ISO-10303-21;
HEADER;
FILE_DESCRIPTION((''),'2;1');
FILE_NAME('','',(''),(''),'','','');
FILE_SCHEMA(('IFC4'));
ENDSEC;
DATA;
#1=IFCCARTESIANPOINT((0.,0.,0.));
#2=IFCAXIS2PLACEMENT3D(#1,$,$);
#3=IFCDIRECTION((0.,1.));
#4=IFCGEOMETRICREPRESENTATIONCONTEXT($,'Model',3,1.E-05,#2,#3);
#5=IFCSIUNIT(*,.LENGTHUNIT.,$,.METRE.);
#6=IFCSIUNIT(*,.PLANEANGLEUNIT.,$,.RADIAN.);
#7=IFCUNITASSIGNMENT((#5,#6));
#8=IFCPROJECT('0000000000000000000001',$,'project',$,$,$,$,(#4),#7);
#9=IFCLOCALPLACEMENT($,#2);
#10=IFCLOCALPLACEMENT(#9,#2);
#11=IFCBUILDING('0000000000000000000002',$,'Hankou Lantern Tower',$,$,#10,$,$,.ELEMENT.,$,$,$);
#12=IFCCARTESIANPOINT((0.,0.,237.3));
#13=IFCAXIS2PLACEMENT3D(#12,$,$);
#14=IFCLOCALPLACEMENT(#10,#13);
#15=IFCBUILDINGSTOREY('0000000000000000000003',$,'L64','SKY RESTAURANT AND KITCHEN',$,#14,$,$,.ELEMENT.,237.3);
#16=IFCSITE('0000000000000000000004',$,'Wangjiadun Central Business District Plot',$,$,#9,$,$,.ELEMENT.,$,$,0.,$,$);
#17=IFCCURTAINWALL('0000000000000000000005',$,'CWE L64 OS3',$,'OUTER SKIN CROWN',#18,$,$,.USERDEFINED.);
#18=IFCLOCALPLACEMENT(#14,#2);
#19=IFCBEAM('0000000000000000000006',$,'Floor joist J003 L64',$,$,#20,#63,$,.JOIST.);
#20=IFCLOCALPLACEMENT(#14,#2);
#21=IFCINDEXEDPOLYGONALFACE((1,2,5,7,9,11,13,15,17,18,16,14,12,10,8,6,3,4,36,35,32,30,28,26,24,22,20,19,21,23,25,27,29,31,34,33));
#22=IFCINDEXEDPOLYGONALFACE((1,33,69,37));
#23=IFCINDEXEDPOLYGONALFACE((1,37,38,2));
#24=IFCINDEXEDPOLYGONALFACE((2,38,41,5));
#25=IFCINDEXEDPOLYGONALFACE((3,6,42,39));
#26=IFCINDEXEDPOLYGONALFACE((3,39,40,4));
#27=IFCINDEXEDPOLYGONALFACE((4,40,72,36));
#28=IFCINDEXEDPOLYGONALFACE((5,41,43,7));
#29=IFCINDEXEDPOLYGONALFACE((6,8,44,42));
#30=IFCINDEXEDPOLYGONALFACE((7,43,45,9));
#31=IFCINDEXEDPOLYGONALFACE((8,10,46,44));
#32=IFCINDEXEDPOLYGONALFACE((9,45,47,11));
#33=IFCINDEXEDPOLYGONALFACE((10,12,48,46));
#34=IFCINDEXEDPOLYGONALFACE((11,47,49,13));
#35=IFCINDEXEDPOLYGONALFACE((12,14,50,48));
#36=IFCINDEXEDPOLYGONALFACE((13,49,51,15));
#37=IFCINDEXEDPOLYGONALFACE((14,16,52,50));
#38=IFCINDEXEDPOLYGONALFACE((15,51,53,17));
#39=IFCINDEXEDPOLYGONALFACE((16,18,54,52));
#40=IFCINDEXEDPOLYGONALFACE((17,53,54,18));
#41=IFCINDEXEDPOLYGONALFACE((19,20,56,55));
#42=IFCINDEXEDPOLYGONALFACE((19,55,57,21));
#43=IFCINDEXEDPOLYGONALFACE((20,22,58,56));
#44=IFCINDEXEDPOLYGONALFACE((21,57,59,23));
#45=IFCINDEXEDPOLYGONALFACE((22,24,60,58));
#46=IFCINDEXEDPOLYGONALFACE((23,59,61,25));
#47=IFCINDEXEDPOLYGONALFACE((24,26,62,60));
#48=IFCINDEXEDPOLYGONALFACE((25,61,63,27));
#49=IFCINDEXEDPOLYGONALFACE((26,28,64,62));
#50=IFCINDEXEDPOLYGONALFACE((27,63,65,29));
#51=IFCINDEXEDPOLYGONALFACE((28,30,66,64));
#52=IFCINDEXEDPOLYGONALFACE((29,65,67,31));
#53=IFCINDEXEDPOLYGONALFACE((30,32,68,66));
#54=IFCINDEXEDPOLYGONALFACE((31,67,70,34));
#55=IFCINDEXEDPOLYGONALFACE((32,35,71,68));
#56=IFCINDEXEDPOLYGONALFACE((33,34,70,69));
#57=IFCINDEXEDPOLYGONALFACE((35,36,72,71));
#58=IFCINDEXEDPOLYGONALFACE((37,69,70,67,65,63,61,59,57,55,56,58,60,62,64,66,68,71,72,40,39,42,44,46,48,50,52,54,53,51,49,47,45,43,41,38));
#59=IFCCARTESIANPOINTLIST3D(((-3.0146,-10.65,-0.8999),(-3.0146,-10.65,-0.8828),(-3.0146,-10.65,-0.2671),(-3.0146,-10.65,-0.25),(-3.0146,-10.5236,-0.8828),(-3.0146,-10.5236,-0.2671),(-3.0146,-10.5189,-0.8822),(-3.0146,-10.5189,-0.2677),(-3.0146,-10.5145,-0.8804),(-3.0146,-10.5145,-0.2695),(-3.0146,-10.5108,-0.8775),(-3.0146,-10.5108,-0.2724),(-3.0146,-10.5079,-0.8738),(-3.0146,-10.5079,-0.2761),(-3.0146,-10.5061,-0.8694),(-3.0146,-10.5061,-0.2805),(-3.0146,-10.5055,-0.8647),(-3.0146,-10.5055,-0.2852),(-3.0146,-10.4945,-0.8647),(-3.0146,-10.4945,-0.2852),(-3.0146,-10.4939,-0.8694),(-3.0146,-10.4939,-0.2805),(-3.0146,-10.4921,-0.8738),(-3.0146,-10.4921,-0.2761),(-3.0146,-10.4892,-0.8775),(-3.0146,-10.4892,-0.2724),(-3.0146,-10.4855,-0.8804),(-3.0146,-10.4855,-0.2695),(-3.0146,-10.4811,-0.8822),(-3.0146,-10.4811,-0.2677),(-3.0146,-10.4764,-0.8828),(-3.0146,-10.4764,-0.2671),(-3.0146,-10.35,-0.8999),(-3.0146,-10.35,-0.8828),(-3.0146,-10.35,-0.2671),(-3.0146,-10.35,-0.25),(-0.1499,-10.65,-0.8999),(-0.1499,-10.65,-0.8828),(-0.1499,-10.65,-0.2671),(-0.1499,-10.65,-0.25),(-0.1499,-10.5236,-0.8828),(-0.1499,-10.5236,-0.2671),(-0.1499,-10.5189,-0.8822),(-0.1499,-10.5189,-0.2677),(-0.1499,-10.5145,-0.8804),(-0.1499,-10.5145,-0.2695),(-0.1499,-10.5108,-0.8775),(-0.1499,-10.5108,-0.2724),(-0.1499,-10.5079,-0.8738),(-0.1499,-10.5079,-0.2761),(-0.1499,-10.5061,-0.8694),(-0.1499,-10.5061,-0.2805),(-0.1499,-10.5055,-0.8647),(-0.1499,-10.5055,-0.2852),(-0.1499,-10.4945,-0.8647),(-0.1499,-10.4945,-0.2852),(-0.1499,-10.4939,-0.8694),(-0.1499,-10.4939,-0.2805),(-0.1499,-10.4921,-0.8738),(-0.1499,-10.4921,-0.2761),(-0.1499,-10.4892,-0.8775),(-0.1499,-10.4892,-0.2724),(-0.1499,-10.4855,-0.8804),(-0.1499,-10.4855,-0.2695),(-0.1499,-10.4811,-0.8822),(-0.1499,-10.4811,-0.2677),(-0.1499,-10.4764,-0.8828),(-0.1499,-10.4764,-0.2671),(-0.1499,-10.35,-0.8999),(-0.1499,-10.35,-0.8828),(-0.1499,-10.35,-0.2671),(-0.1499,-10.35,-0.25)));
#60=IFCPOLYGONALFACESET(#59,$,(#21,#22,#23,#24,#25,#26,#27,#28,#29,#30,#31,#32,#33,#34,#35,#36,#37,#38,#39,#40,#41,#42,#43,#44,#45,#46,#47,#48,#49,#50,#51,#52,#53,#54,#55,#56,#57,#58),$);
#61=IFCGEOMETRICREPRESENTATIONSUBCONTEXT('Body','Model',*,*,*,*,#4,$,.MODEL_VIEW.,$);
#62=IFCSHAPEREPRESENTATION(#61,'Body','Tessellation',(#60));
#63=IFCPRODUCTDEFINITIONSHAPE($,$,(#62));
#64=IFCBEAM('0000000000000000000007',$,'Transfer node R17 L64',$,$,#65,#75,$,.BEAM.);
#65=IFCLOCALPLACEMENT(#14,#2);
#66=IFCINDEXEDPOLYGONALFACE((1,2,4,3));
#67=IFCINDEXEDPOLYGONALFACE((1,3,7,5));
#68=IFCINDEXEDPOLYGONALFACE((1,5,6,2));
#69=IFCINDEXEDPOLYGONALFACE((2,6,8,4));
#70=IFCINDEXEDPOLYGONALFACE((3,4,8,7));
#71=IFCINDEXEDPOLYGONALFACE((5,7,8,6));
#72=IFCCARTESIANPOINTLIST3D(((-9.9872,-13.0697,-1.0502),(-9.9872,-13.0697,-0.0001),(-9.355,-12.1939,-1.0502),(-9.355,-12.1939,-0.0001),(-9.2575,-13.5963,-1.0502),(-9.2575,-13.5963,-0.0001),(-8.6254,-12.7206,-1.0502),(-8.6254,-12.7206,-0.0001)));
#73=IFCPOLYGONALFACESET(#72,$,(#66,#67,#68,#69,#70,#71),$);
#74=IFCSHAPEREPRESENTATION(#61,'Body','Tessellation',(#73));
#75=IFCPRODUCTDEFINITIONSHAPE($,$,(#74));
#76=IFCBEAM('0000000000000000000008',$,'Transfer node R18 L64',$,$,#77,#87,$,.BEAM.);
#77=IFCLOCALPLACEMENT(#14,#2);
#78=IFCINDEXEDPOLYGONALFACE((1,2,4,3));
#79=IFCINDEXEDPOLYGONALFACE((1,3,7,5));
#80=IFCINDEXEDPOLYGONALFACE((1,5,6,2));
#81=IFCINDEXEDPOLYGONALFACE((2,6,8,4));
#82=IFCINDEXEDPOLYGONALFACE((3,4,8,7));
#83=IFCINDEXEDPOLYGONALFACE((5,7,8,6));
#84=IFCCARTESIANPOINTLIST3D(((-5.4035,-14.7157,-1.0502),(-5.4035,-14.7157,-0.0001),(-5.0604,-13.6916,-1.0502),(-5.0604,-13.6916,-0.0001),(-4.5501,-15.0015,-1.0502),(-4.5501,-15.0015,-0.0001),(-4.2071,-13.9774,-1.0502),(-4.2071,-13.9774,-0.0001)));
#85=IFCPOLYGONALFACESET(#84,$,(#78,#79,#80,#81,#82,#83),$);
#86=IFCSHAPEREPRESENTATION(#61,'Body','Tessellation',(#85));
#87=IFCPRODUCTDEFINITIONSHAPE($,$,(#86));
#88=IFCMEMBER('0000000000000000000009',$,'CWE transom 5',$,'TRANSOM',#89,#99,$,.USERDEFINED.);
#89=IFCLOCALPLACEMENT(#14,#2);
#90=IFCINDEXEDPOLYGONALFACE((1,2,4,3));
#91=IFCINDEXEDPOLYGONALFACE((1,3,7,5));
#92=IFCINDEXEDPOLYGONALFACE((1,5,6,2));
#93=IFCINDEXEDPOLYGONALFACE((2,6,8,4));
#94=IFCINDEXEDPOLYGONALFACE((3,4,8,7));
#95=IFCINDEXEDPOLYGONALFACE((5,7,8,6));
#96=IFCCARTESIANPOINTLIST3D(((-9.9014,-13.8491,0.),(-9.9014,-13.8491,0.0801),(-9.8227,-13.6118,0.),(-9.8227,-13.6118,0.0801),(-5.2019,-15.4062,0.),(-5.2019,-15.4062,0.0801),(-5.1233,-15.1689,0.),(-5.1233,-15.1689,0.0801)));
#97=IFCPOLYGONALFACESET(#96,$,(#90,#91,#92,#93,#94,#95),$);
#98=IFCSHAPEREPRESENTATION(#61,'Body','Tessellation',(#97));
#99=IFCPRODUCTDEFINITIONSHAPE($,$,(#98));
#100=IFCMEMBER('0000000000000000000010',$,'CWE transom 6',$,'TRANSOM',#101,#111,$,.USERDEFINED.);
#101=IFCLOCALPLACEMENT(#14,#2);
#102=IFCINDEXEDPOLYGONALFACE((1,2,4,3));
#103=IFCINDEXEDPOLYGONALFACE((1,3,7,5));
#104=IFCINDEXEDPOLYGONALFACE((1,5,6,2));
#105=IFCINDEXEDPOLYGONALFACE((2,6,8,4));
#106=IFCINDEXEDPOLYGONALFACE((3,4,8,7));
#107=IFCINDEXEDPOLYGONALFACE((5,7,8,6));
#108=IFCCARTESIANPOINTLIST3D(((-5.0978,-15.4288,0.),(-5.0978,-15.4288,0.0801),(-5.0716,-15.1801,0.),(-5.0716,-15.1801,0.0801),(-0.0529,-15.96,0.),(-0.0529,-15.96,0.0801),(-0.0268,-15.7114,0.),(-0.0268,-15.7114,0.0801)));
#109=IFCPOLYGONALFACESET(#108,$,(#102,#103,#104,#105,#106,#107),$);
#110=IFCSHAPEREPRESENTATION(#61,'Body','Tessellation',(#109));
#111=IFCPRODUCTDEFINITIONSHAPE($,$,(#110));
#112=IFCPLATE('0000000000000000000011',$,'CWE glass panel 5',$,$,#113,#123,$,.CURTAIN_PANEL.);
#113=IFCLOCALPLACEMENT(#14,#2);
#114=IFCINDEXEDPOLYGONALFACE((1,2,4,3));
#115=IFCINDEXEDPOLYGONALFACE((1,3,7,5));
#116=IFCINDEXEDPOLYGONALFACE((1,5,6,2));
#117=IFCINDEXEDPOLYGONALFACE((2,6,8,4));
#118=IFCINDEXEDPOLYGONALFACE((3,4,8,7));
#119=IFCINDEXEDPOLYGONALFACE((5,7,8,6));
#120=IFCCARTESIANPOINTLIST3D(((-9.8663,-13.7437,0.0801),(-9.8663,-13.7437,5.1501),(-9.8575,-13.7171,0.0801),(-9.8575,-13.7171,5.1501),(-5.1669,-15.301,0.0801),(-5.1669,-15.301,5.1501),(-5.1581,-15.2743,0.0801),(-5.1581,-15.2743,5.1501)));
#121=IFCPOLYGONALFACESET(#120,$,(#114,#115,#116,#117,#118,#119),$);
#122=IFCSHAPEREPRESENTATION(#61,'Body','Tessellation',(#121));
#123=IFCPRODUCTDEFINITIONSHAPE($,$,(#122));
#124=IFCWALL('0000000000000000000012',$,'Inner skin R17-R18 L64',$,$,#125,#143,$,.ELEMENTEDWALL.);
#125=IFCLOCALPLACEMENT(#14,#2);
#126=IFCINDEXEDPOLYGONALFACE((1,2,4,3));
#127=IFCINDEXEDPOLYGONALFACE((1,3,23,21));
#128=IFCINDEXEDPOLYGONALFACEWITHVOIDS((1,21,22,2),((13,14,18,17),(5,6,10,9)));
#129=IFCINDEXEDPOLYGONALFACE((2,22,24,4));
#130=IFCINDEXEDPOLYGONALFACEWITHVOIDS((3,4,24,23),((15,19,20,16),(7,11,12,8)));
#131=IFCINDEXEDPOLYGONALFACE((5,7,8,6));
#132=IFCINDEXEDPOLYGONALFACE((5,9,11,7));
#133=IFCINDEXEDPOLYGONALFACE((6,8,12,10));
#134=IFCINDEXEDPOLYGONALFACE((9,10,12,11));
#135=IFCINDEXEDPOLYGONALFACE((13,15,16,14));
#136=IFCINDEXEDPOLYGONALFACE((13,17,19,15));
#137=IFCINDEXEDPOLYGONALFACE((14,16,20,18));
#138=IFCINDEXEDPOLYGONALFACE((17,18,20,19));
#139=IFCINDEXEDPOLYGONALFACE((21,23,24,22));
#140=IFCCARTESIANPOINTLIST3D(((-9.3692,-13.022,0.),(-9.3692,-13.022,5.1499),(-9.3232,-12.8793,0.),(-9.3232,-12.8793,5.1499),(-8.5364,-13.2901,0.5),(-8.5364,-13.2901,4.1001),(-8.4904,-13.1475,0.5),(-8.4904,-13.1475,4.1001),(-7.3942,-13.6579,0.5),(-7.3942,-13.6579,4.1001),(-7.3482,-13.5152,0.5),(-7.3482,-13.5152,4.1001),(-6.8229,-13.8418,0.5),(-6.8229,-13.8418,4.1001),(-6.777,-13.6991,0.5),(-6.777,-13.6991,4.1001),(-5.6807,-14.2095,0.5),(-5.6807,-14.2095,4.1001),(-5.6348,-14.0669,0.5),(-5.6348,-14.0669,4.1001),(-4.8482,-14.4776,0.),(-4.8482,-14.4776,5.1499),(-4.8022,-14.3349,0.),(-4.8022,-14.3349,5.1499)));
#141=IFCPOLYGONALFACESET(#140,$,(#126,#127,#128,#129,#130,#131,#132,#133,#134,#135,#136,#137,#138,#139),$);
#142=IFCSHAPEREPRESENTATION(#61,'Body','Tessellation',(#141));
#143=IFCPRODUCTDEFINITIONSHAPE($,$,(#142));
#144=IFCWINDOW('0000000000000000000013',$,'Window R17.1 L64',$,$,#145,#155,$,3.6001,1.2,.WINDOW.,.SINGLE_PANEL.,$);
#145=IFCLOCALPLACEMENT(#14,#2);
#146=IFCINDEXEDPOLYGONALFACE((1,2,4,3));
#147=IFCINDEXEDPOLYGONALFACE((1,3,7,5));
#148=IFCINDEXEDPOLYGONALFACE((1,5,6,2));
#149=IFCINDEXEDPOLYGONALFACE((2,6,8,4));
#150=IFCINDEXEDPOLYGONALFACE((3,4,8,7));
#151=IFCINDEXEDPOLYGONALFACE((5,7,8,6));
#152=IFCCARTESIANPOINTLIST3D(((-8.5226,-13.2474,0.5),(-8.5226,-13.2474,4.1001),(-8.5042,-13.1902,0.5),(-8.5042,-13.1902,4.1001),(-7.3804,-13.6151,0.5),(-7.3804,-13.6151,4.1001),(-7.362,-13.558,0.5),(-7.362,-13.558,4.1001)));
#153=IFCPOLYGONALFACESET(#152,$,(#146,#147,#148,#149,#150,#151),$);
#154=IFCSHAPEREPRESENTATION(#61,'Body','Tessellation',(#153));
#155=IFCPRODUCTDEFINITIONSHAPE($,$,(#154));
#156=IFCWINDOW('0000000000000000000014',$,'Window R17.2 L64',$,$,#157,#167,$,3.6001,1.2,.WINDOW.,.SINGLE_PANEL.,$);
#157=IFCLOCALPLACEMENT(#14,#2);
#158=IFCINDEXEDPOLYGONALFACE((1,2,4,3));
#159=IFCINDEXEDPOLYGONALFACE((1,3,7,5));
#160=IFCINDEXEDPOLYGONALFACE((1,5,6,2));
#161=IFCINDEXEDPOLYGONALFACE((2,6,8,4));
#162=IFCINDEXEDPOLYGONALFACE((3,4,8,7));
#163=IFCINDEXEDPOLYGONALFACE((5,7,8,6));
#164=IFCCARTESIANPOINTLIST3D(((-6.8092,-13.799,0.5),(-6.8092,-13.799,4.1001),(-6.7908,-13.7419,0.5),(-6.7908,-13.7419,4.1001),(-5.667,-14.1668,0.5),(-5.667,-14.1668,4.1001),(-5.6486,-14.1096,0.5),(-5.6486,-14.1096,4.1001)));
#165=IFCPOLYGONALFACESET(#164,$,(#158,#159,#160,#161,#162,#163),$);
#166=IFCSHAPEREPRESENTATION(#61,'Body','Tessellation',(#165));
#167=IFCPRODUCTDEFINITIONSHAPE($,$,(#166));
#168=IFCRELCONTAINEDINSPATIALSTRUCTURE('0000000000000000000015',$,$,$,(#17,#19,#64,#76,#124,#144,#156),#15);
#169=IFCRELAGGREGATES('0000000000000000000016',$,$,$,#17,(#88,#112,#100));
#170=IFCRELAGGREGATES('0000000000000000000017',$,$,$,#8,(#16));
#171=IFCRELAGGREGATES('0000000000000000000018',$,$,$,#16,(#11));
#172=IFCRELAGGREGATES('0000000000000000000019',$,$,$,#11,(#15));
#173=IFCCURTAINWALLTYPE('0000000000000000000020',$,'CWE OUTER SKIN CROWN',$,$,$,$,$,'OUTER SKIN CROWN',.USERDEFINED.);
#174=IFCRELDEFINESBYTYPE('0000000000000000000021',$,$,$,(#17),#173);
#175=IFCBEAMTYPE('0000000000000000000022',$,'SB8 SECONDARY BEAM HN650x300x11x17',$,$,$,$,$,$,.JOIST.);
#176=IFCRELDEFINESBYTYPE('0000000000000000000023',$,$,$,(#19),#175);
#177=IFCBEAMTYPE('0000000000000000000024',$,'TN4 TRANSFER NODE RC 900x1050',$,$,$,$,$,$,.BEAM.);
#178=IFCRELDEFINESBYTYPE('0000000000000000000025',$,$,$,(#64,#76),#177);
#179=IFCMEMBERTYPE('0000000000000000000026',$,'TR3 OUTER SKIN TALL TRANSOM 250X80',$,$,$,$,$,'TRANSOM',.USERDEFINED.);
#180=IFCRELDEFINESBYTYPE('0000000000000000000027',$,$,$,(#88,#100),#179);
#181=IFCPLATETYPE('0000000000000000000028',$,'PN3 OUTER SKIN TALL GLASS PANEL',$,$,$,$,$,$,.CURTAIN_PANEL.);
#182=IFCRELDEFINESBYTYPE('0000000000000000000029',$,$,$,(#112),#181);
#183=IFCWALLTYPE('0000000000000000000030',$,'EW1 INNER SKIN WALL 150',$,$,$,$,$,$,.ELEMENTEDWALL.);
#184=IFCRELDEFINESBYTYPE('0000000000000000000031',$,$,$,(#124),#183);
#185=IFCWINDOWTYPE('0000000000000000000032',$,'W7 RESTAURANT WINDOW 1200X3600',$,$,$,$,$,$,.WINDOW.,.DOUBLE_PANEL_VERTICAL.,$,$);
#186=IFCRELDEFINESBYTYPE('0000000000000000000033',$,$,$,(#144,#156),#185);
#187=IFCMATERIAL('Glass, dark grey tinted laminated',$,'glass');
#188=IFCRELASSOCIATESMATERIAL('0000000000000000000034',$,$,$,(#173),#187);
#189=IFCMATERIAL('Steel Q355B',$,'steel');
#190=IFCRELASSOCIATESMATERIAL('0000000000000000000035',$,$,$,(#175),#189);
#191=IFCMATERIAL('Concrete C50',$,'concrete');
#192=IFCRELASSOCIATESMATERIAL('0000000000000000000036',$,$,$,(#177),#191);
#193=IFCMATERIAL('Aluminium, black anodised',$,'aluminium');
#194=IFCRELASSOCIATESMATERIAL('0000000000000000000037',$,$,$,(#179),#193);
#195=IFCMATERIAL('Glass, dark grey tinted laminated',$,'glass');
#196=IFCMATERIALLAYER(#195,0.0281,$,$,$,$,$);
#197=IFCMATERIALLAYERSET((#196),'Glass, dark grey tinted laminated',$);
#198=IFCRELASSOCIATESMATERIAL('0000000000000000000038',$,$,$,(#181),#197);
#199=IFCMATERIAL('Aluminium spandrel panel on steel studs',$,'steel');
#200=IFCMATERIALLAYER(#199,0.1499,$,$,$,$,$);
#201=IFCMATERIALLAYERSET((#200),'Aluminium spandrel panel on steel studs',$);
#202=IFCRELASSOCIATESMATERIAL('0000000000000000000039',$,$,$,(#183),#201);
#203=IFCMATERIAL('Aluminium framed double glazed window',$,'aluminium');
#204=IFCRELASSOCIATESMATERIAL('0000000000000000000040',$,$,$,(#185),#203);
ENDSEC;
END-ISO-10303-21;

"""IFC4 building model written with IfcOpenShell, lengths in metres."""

from ifc_helpers import new_model, si_unit, direction, frame, frame_2d, origin, origin_2d, place, context, subcontext, project, spatial, rectangle, i_section, extrude, material, layer, layer_set, material_profile, profile_set, type_object, element, fill, aggregate, save


model = new_model("IFC4")

# Units and contexts
model_context = context("Model", 3, precision=1e-05, world=origin(), true_north=direction((0.0, 1.0)))
body_context = subcontext(model_context, "Body", "Model", "MODEL_VIEW")
ifc_project = project(units=[si_unit("LENGTHUNIT", "METRE"), si_unit("PLANEANGLEUNIT", "RADIAN")], contexts=[model_context])

# Site, building, storey
site_placement = place(None, origin())
site = spatial("IfcSite", under=ifc_project, at=site_placement, Name="Wangjiadun Central Business District Plot", CompositionType="ELEMENT", RefElevation=0.0)
building_placement = place(site_placement, origin())
building = spatial("IfcBuilding", under=site, at=building_placement, Name="Hankou Lantern Tower", CompositionType="ELEMENT")
storey_placement = place(building_placement, frame((0.0, 0.0, 237.3)))
storey = spatial("IfcBuildingStorey", under=building, at=storey_placement, Name="L64", Description="SKY RESTAURANT AND KITCHEN", CompositionType="ELEMENT", Elevation=237.3)

# Curtain wall
ifc_material_1 = material(Name="Glass, dark grey tinted laminated", Category="glass")
curtain_wall_type = type_object("IfcCurtainWallType", Name="CWE OUTER SKIN CROWN", ElementType="OUTER SKIN CROWN", PredefinedType="USERDEFINED", material=ifc_material_1)
curtain_wall_placement = place(storey_placement, origin())
curtain_wall = element("IfcCurtainWall", 1, at=curtain_wall_placement, inside=storey, type_object=curtain_wall_type, Name="CWE L64 OS3", ObjectType="OUTER SKIN CROWN", PredefinedType="USERDEFINED")

# Beams
ifc_material_2 = material(Name="Steel Q355B", Category="steel")
ifc_material_profile_1 = material_profile(ifc_material_2, i_section(OverallWidth=0.3, OverallDepth=0.6499, WebThickness=0.011, FlangeThickness=0.0171, FilletRadius=0.0181, at=origin_2d()), Name="HN650x300x11x17")
ifc_profile_set_1 = profile_set([ifc_material_profile_1], Name="Steel Q355B")
beam_type_1 = type_object("IfcBeamType", Name="SB8 SECONDARY BEAM HN650x300x11x17", PredefinedType="JOIST", material=ifc_profile_set_1)
beam_1_placement = place(storey_placement, frame((-3.0146, -10.5, -0.575), z_axis=(1.0, 0.0, 0.0), x_axis=(0.0, 1.0, 0.0)))
element("IfcBeam", 2, at=beam_1_placement, inside=storey, type_object=beam_type_1, Name="Floor joist J003 L64", PredefinedType="JOIST", context=body_context, shape_type="SweptSolid", body=[
    extrude(i_section(OverallWidth=0.3, OverallDepth=0.6499, WebThickness=0.011, FlangeThickness=0.0171, FilletRadius=0.0181, at=origin_2d()), origin(), (0.0, 0.0, 1.0), 2.8647),
])
ifc_material_3 = material(Name="Concrete C50", Category="concrete")
ifc_material_profile_2 = material_profile(ifc_material_3, rectangle(XDim=0.8999, YDim=1.05, at=origin_2d()), Name="RC 900x1050")
ifc_profile_set_2 = profile_set([ifc_material_profile_2], Name="Concrete C50")
beam_type_2 = type_object("IfcBeamType", Name="TN4 TRANSFER NODE RC 900x1050", PredefinedType="BEAM", material=ifc_profile_set_2)
for number, where, z_axis, x_axis, name in (
    (3, (-9.6223, -13.333, -0.5251), (0.585251, 0.810852, 0.0), (-0.810852, 0.585251, 0.0), "Transfer node R17 L64"),
    (4, (-4.9768, -14.8586, -0.5251), (0.317584, 0.94823, 0.0), (-0.94823, 0.317584, 0.0), "Transfer node R18 L64"),
):
    element("IfcBeam", number, at=place(storey_placement, frame(where, z_axis=z_axis, x_axis=x_axis)), inside=storey, type_object=beam_type_2, Name=name, PredefinedType="BEAM", context=body_context, shape_type="SweptSolid", body=[
        extrude(rectangle(XDim=0.8999, YDim=1.05, at=origin_2d()), origin(), (0.0, 0.0, 1.0), 1.0801),
    ])

# Members
ifc_material_4 = material(Name="Aluminium, black anodised", Category="aluminium")
ifc_material_profile_3 = material_profile(ifc_material_4, rectangle(XDim=0.25, YDim=0.0801, at=origin_2d()), Name="TR3 250X80")
ifc_profile_set_3 = profile_set([ifc_material_profile_3], Name="Aluminium, black anodised")
member_type_1 = type_object("IfcMemberType", Name="TR3 OUTER SKIN TALL TRANSOM 250X80", ElementType="TRANSOM", PredefinedType="USERDEFINED", material=ifc_profile_set_3)
member_1_placement = place(storey_placement, frame((-9.8621, -13.7305, 0.04), z_axis=(0.949249, -0.314526, 0.0), x_axis=(0.314526, 0.949249, 0.0)))
member_1 = element("IfcMember", 5, at=member_1_placement, type_object=member_type_1, Name="CWE transom 5", ObjectType="TRANSOM", PredefinedType="USERDEFINED", context=body_context, shape_type="SweptSolid", body=[
    extrude(rectangle(XDim=0.25, YDim=0.0801, at=origin_2d()), origin(), (0.0, 0.0, 1.0), 4.9507),
])
member_2_placement = place(storey_placement, frame((-5.0847, -15.3044, 0.04), z_axis=(0.994501, -0.104725, 0.0), x_axis=(0.104725, 0.994501, 0.0)))
member_2 = element("IfcMember", 6, at=member_2_placement, type_object=member_type_1, Name="CWE transom 6", ObjectType="TRANSOM", PredefinedType="USERDEFINED", context=body_context, shape_type="SweptSolid", body=[
    extrude(rectangle(XDim=0.25, YDim=0.0801, at=origin_2d()), origin(), (0.0, 0.0, 1.0), 5.0728),
])

# Plate
ifc_material_5 = material(Name="Glass, dark grey tinted laminated", Category="glass")
ifc_layer_1 = layer(ifc_material_5, 0.0281)
ifc_layer_set_1 = layer_set([ifc_layer_1], Name="Glass, dark grey tinted laminated")
plate_type = type_object("IfcPlateType", Name="PN3 OUTER SKIN TALL GLASS PANEL", PredefinedType="CURTAIN_PANEL", material=ifc_layer_set_1)
plate_placement = place(storey_placement, frame((-7.5122, -14.509, 0.0801), z_axis=(0.0, 0.0, 1.0), x_axis=(0.949241, -0.314551, 0.0)))
plate = element("IfcPlate", 7, at=plate_placement, type_object=plate_type, Name="CWE glass panel 5", PredefinedType="CURTAIN_PANEL", context=body_context, shape_type="SweptSolid", body=[
    extrude(rectangle(XDim=4.9507, YDim=0.0281, at=origin_2d()), origin(), (0.0, 0.0, 1.0), 5.0701),
])
aggregate(curtain_wall, [member_1, plate, member_2])

# Wall, openings, windows
ifc_material_6 = material(Name="Aluminium spandrel panel on steel studs", Category="steel")
ifc_layer_2 = layer(ifc_material_6, 0.1499)
ifc_layer_set_2 = layer_set([ifc_layer_2], Name="Aluminium spandrel panel on steel studs")
wall_type_1 = type_object("IfcWallType", Name="EW1 INNER SKIN WALL 150", PredefinedType="ELEMENTEDWALL", material=ifc_layer_set_2)
wall_1_placement = place(storey_placement, frame((-9.3462, -12.9507, 0.0), z_axis=(0.0, 0.0, 1.0), x_axis=(0.951882, -0.306465, 0.0)))
wall_1 = element("IfcWall", 8, at=wall_1_placement, inside=storey, type_object=wall_type_1, Name="Inner skin R17-R18 L64", PredefinedType="ELEMENTEDWALL", context=body_context, shape_type="SweptSolid", body=[
    extrude(rectangle(XDim=4.7495, YDim=0.1499, at=frame_2d((2.3748, 0.0))), origin(), (0.0, 0.0, 1.0), 5.1499),
])
opening_1_placement = place(wall_1_placement, frame((0.8748, 0.0, 0.5)))
opening_1 = element("IfcOpeningElement", 9, at=opening_1_placement, cuts=wall_1, PredefinedType="OPENING", context=body_context, shape_type="SweptSolid", body=[
    extrude(rectangle(XDim=1.2, YDim=3.6001, at=frame_2d((0.6001, 1.8))), frame((0.0, 0.085, 0.0), z_axis=(0.0, -1.0, 0.0), x_axis=(1.0, 0.0, 0.0)), (0.0, 0.0, 1.0), 0.1699),
])
opening_2_placement = place(wall_1_placement, frame((2.6748, 0.0, 0.5)))
opening_2 = element("IfcOpeningElement", 10, at=opening_2_placement, cuts=wall_1, PredefinedType="OPENING", context=body_context, shape_type="SweptSolid", body=[
    extrude(rectangle(XDim=1.2, YDim=3.6001, at=frame_2d((0.6001, 1.8))), frame((0.0, 0.085, 0.0), z_axis=(0.0, -1.0, 0.0), x_axis=(1.0, 0.0, 0.0)), (0.0, 0.0, 1.0), 0.1699),
])
ifc_material_7 = material(Name="Aluminium framed double glazed window", Category="aluminium")
window_type = type_object("IfcWindowType", Name="W7 RESTAURANT WINDOW 1200X3600", PartitioningType="DOUBLE_PANEL_VERTICAL", PredefinedType="WINDOW", material=ifc_material_7)
window_1_placement = place(opening_1_placement, origin())
window_1 = element("IfcWindow", 11, at=window_1_placement, inside=storey, type_object=window_type, Name="Window R17.1 L64", OverallHeight=3.6001, OverallWidth=1.2, PartitioningType="SINGLE_PANEL", PredefinedType="WINDOW", context=body_context, shape_type="SweptSolid", body=[
    extrude(rectangle(XDim=1.2, YDim=3.6001, at=frame_2d((0.6001, 1.8))), frame((0.0, 0.03, 0.0), z_axis=(0.0, -1.0, 0.0), x_axis=(1.0, 0.0, 0.0)), (0.0, 0.0, 1.0), 0.0601),
])
fill(opening_1, window_1)
window_2_placement = place(opening_2_placement, origin())
window_2 = element("IfcWindow", 12, at=window_2_placement, inside=storey, type_object=window_type, Name="Window R17.2 L64", OverallHeight=3.6001, OverallWidth=1.2, PartitioningType="SINGLE_PANEL", PredefinedType="WINDOW", context=body_context, shape_type="SweptSolid", body=[
    extrude(rectangle(XDim=1.2, YDim=3.6001, at=frame_2d((0.6001, 1.8))), frame((0.0, 0.03, 0.0), z_axis=(0.0, -1.0, 0.0), x_axis=(1.0, 0.0, 0.0)), (0.0, 0.0, 1.0), 0.0601),
])
fill(opening_2, window_2)

save(model, "model.ifc")
